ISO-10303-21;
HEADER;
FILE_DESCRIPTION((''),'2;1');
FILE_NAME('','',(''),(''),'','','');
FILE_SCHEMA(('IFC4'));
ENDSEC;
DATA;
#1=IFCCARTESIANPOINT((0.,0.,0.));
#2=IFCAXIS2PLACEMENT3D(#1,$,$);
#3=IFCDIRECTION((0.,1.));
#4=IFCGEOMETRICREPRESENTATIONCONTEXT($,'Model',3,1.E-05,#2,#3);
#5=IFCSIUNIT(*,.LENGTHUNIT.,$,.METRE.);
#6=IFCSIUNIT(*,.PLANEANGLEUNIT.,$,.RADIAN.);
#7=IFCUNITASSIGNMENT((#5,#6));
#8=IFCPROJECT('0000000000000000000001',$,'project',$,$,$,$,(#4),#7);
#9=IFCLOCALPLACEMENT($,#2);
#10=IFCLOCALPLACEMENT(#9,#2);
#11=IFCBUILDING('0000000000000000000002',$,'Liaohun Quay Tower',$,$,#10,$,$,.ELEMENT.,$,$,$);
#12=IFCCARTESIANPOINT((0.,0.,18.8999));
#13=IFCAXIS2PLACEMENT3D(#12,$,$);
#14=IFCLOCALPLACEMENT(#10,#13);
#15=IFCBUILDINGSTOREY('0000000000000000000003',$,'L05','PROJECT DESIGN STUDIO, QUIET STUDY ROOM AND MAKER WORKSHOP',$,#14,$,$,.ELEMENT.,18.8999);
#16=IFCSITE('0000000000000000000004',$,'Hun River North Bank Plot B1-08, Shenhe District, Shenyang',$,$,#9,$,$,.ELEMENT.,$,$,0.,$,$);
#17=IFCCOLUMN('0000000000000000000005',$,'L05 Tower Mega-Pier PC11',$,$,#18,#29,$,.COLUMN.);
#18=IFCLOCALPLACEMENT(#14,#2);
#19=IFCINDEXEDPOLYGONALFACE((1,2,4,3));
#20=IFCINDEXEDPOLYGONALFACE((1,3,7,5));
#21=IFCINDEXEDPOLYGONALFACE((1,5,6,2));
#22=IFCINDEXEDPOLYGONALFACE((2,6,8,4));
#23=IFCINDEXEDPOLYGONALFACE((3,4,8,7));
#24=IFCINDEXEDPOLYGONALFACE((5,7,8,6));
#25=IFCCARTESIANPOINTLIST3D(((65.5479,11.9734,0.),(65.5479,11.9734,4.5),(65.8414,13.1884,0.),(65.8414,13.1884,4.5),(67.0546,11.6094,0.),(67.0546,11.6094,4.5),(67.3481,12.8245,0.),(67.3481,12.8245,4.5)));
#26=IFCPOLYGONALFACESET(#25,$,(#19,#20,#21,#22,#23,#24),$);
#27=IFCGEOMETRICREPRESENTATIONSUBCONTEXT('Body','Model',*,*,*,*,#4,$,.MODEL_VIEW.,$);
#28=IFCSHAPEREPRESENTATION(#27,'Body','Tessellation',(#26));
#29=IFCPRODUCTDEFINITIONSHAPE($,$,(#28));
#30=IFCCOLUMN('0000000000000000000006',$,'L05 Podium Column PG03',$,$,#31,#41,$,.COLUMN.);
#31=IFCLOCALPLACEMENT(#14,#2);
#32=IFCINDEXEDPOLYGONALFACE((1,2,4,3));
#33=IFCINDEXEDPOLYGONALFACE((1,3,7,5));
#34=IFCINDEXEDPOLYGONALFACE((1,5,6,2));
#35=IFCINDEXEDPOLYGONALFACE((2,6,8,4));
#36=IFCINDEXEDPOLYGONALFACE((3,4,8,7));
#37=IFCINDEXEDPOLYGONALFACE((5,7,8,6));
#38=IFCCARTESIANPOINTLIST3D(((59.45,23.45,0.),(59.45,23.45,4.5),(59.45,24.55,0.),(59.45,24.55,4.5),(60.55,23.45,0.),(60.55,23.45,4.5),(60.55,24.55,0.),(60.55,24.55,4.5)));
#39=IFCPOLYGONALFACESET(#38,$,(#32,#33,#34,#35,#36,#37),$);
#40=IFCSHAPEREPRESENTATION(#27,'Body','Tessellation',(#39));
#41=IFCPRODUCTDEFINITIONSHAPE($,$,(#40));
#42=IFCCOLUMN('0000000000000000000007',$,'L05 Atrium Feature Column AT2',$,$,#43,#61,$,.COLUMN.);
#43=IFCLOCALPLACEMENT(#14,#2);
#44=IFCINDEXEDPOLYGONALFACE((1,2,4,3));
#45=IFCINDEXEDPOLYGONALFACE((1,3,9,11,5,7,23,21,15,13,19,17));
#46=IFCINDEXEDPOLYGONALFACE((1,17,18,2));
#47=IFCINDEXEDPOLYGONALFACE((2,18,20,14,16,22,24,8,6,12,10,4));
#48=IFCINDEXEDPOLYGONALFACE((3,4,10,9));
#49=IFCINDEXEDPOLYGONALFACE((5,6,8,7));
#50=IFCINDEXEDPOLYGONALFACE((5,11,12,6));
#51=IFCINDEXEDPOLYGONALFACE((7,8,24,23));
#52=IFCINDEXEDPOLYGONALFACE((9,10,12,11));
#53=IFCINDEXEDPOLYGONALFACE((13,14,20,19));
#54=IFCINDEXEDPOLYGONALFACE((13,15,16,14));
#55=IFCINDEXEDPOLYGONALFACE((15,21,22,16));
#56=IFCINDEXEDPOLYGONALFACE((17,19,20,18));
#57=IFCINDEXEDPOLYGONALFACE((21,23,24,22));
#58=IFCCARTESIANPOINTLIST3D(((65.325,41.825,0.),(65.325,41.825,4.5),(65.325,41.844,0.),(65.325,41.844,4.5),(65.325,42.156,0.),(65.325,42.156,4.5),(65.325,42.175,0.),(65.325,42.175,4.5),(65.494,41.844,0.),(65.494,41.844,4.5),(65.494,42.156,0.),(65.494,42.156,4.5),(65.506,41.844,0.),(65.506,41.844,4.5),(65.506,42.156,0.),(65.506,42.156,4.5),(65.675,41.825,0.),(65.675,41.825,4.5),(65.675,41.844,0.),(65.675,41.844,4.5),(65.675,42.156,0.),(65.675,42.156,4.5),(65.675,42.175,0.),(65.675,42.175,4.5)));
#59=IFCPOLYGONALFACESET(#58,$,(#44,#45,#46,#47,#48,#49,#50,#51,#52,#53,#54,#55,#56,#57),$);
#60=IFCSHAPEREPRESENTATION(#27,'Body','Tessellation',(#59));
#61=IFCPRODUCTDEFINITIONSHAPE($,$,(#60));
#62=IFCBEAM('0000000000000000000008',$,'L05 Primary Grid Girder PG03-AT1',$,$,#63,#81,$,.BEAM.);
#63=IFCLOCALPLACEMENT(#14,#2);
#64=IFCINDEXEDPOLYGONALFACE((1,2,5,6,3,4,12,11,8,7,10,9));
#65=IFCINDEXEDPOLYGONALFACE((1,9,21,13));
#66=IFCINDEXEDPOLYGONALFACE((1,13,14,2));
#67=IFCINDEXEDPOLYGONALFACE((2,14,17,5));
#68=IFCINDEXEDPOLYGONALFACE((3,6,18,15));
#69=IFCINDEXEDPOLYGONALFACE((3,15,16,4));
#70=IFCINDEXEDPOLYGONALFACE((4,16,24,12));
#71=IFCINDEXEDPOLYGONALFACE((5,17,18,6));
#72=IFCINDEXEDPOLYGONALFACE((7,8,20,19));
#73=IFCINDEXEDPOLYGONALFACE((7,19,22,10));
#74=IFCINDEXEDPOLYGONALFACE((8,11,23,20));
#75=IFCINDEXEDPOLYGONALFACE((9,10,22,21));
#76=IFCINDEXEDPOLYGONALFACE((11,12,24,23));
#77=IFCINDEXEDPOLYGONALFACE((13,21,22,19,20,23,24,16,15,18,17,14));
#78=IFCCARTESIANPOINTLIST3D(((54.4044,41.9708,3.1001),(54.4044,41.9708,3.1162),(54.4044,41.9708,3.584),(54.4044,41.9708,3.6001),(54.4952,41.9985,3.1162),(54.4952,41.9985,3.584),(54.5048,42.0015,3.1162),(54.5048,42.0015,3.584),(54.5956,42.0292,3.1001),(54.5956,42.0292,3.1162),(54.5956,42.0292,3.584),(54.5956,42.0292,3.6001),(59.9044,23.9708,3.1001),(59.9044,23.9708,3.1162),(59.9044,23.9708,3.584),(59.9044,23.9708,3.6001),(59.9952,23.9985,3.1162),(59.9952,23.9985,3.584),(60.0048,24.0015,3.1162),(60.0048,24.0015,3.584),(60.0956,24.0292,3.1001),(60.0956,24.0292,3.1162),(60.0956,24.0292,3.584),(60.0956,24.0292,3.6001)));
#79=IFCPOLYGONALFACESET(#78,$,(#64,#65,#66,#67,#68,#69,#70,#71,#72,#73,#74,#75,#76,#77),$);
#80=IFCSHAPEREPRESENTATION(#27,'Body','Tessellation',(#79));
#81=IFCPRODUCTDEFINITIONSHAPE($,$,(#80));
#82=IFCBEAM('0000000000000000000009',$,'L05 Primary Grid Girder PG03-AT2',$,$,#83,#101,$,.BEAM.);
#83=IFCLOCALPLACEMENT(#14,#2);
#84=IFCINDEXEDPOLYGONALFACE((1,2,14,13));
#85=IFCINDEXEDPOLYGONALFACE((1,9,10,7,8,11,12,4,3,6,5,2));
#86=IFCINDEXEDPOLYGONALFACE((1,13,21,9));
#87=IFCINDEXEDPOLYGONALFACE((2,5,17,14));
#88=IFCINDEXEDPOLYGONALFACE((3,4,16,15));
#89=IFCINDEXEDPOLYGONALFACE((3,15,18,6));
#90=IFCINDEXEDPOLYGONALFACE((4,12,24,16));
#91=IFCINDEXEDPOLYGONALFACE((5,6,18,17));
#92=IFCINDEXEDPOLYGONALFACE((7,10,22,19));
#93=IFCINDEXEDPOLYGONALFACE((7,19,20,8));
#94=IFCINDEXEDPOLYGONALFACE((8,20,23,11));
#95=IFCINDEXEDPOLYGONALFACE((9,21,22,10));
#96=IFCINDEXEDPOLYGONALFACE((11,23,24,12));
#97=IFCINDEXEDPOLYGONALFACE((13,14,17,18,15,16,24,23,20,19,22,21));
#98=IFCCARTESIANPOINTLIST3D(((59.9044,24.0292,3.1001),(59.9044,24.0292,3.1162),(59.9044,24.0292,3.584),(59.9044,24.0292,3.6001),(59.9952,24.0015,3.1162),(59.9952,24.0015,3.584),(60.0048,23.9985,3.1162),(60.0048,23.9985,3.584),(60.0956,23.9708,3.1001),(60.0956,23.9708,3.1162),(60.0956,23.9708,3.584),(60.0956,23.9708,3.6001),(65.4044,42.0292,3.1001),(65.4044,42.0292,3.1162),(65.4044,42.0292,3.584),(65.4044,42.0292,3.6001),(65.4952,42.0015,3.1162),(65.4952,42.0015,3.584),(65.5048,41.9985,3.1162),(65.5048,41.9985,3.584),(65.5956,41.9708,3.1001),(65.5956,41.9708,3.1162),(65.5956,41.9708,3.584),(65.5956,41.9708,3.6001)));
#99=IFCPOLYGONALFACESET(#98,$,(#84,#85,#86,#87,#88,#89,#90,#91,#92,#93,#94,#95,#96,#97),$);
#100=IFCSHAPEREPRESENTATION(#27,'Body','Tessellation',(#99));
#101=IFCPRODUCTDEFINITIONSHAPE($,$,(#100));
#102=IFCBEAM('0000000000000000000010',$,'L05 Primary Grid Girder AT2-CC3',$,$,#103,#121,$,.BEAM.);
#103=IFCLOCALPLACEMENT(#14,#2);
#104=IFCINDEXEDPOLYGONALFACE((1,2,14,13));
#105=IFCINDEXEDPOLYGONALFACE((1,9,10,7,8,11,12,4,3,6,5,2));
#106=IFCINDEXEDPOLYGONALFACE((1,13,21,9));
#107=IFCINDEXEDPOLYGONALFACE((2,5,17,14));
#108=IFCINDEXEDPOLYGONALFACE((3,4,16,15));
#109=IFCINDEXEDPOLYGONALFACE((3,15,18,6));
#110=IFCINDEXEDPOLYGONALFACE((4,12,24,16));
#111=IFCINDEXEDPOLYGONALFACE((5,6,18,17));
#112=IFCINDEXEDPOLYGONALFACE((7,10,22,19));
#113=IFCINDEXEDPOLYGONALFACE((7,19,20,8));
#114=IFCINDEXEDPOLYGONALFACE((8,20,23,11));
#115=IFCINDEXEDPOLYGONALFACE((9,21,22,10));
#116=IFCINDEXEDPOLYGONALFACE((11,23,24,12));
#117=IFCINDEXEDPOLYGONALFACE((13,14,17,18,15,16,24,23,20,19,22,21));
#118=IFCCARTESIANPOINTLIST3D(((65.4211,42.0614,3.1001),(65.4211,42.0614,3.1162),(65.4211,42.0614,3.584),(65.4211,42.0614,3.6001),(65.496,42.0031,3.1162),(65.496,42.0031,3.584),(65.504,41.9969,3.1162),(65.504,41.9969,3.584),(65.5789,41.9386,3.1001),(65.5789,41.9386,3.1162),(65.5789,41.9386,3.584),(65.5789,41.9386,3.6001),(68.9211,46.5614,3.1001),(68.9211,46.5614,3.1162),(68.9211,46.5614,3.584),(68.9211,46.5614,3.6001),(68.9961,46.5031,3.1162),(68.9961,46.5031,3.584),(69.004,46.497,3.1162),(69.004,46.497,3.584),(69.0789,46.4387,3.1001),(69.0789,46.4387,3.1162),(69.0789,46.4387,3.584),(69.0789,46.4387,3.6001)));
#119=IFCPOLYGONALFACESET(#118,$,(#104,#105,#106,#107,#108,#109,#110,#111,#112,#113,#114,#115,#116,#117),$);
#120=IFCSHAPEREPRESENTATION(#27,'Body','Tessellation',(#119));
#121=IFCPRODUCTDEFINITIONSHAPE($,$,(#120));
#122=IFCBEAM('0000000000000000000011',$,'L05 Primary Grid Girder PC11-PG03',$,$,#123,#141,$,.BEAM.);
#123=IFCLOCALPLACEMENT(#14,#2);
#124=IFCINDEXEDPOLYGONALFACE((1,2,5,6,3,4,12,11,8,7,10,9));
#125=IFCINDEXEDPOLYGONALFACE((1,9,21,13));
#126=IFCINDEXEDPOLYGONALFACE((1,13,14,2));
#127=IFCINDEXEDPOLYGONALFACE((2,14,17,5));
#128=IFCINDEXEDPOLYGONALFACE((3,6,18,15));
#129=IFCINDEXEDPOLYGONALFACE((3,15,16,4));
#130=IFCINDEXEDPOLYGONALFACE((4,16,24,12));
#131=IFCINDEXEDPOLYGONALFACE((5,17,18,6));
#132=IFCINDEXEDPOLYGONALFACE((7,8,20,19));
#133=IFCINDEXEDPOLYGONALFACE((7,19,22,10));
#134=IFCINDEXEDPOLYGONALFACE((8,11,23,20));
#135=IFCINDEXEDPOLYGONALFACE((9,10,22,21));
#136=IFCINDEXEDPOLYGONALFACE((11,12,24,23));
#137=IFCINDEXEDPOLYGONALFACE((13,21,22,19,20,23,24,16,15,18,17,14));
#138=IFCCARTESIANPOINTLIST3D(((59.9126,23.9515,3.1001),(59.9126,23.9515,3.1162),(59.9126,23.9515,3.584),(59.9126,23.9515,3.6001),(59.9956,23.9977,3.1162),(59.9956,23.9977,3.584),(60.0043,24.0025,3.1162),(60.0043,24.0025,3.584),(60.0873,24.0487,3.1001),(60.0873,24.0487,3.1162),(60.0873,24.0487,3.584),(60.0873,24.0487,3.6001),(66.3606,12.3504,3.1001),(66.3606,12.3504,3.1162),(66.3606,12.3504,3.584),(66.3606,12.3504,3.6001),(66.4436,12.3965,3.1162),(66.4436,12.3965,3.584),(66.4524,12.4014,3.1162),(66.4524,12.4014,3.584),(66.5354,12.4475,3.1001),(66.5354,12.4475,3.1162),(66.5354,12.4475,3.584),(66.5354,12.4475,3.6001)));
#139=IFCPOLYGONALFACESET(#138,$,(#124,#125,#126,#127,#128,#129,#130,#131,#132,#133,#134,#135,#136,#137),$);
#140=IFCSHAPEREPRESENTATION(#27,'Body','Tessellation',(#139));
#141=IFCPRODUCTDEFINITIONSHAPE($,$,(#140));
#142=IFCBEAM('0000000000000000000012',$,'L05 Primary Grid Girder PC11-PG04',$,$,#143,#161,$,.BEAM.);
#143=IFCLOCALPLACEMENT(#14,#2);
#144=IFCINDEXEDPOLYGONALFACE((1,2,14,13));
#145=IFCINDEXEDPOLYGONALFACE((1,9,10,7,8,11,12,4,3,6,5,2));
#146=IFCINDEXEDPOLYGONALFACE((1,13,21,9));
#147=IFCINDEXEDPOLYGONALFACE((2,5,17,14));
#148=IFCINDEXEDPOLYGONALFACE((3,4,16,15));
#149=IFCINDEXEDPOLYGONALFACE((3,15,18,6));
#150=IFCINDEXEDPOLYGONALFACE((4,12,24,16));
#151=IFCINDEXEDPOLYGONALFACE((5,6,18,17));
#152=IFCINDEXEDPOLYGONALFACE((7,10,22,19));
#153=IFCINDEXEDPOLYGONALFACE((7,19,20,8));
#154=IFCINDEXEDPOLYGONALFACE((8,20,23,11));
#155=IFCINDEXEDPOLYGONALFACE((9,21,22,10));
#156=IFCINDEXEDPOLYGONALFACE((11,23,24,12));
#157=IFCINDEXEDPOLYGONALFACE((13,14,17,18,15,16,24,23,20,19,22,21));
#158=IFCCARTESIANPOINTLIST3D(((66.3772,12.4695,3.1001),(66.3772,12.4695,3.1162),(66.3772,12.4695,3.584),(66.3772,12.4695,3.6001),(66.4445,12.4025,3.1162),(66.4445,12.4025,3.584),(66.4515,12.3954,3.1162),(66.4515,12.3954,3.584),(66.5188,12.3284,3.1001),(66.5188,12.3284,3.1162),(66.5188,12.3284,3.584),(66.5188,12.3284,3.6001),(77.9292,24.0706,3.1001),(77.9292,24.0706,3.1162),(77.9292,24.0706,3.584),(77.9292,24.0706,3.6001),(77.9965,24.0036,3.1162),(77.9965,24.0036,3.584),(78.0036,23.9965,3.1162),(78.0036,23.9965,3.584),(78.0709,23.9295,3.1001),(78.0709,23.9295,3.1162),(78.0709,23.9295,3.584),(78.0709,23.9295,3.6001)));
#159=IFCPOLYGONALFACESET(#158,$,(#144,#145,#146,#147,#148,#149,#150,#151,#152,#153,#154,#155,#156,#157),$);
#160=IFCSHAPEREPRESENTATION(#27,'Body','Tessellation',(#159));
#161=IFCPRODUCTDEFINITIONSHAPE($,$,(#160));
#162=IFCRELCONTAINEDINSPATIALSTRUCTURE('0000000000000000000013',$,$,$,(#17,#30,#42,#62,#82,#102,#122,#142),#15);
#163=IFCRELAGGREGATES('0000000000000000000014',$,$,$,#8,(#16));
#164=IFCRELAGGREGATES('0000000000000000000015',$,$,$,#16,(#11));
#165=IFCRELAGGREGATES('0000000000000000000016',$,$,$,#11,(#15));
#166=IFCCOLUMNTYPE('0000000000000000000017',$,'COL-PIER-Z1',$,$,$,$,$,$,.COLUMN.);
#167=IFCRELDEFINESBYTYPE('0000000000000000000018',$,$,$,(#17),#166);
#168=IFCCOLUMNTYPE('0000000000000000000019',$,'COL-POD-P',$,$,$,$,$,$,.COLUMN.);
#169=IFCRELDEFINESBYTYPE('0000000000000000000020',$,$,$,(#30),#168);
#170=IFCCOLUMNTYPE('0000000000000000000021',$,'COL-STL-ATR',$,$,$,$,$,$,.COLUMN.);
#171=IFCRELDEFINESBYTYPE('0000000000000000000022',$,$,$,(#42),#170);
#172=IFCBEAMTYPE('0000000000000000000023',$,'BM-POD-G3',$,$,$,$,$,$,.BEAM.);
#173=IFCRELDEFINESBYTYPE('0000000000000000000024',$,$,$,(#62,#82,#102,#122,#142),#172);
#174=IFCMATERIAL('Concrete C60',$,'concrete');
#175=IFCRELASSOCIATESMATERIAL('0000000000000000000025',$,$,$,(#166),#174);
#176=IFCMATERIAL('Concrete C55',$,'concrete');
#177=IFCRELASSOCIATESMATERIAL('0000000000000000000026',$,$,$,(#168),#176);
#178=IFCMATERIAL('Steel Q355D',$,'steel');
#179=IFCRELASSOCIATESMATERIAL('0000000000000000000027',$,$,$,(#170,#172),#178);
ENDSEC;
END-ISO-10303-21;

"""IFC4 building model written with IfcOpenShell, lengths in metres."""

from ifc_helpers import new_model, si_unit, direction, frame, origin, origin_2d, place, context, subcontext, project, spatial, rectangle, i_section, extrude, source, transform, mapped, material, material_profile, profile_set, type_object, element, save


model = new_model("IFC4")

# Units and contexts
model_context = context("Model", 3, precision=1e-05, world=origin(), true_north=direction((0.0, 1.0)))
body_context = subcontext(model_context, "Body", "Model", "MODEL_VIEW")
ifc_project = project(units=[si_unit("LENGTHUNIT", "METRE"), si_unit("PLANEANGLEUNIT", "RADIAN")], contexts=[model_context])

# Site, building, storey
site_placement = place(None, origin())
site = spatial("IfcSite", under=ifc_project, at=site_placement, Name="Hun River North Bank Plot B1-08, Shenhe District, Shenyang", CompositionType="ELEMENT", RefElevation=0.0)
building_placement = place(site_placement, origin())
building = spatial("IfcBuilding", under=site, at=building_placement, Name="Liaohun Quay Tower", CompositionType="ELEMENT")
storey_placement = place(building_placement, frame((0.0, 0.0, 18.8999)))
storey = spatial("IfcBuildingStorey", under=building, at=storey_placement, Name="L05", Description="PROJECT DESIGN STUDIO, QUIET STUDY ROOM AND MAKER WORKSHOP", CompositionType="ELEMENT", Elevation=18.8999)

# Columns
ifc_material_1 = material(Name="Concrete C60", Category="concrete")
ifc_material_profile_1 = material_profile(ifc_material_1, rectangle(XDim=1.55, YDim=1.25, at=origin_2d()), Name="RC1550x1250")
ifc_profile_set_1 = profile_set([ifc_material_profile_1], Name="Concrete C60")
column_type_1 = type_object("IfcColumnType", Name="COL-PIER-Z1", PredefinedType="COLUMN", material=ifc_profile_set_1)
shared_shape_1 = source(origin(), body_context, "Body", "SweptSolid", [
    extrude(rectangle(XDim=1.55, YDim=1.25, at=origin_2d()), origin(), (0.0, 0.0, 1.0), 4.5),
])
column_1_placement = place(storey_placement, frame((66.448, 12.3989, 0.0), z_axis=(0.0, 0.0, 1.0), x_axis=(-0.972043, 0.234803, 0.0)))
element("IfcColumn", 1, at=column_1_placement, inside=storey, type_object=column_type_1, Name="L05 Tower Mega-Pier PC11", PredefinedType="COLUMN", context=body_context, shape_type="MappedRepresentation", body=[
    mapped(shared_shape_1, transform((0.0, 0.0, 0.0), x_axis=(1.0, 0.0, 0.0), y_axis=(0.0, 1.0, 0.0), z_axis=(0.0, 0.0, 1.0), scale=1.0)),
])
ifc_material_2 = material(Name="Concrete C55", Category="concrete")
ifc_material_profile_2 = material_profile(ifc_material_2, rectangle(XDim=1.1001, YDim=1.1001, at=origin_2d()), Name="RC1100x1100")
ifc_profile_set_2 = profile_set([ifc_material_profile_2], Name="Concrete C55")
column_type_2 = type_object("IfcColumnType", Name="COL-POD-P", PredefinedType="COLUMN", material=ifc_profile_set_2)
shared_shape_2 = source(origin(), body_context, "Body", "SweptSolid", [
    extrude(rectangle(XDim=1.1001, YDim=1.1001, at=origin_2d()), origin(), (0.0, 0.0, 1.0), 4.5),
])
column_2_placement = place(storey_placement, frame((60.0, 24.0, 0.0), z_axis=(0.0, 0.0, 1.0), x_axis=(1.0, 0.0, 0.0)))
element("IfcColumn", 2, at=column_2_placement, inside=storey, type_object=column_type_2, Name="L05 Podium Column PG03", PredefinedType="COLUMN", context=body_context, shape_type="MappedRepresentation", body=[
    mapped(shared_shape_2, transform((0.0, 0.0, 0.0), x_axis=(1.0, 0.0, 0.0), y_axis=(0.0, 1.0, 0.0), z_axis=(0.0, 0.0, 1.0), scale=1.0)),
])
ifc_material_3 = material(Name="Steel Q355D", Category="steel")
ifc_material_profile_3 = material_profile(ifc_material_3, i_section(OverallWidth=0.3501, OverallDepth=0.3501, WebThickness=0.012, FlangeThickness=0.019, at=origin_2d()), Name="HW350x350x12x19")
ifc_profile_set_3 = profile_set([ifc_material_profile_3], Name="Steel Q355D")
column_type_3 = type_object("IfcColumnType", Name="COL-STL-ATR", PredefinedType="COLUMN", material=ifc_profile_set_3)
shared_shape_3 = source(origin(), body_context, "Body", "SweptSolid", [
    extrude(i_section(OverallWidth=0.3501, OverallDepth=0.3501, WebThickness=0.012, FlangeThickness=0.019, at=origin_2d()), origin(), (0.0, 0.0, 1.0), 4.5),
])
column_3_placement = place(storey_placement, frame((65.5, 42.0, 0.0), z_axis=(0.0, 0.0, 1.0), x_axis=(1.0, 0.0, 0.0)))
element("IfcColumn", 3, at=column_3_placement, inside=storey, type_object=column_type_3, Name="L05 Atrium Feature Column AT2", PredefinedType="COLUMN", context=body_context, shape_type="MappedRepresentation", body=[
    mapped(shared_shape_3, transform((0.0, 0.0, 0.0), x_axis=(1.0, 0.0, 0.0), y_axis=(0.0, 1.0, 0.0), z_axis=(0.0, 0.0, 1.0), scale=1.0)),
])

# Beams
ifc_material_profile_4 = material_profile(ifc_material_3, i_section(OverallWidth=0.2, OverallDepth=0.5, WebThickness=0.01, FlangeThickness=0.0161, at=origin_2d()), Name="HN500x200x10x16")
ifc_profile_set_4 = profile_set([ifc_material_profile_4], Name="Steel Q355D")
beam_type_1 = type_object("IfcBeamType", Name="BM-POD-G3", PredefinedType="BEAM", material=ifc_profile_set_4)
shared_shape_4 = source(origin(), body_context, "Body", "SweptSolid", [
    extrude(i_section(OverallWidth=0.2, OverallDepth=0.5, WebThickness=0.01, FlangeThickness=0.0161, at=origin_2d()), origin(), (0.0, 0.0, 1.0), 18.8215),
])
for number, where, z_axis, x_axis, name in (
    (4, (60.0, 24.0, 3.3501), (-0.292219, 0.956352, 0.0), (-0.956352, -0.292219, 0.0), "L05 Primary Grid Girder PG03-AT1"),
    (5, (60.0, 24.0, 3.3501), (0.292219, 0.956352, 0.0), (-0.956352, 0.292219, 0.0), "L05 Primary Grid Girder PG03-AT2"),
):
    element("IfcBeam", number, at=place(storey_placement, frame(where, z_axis=z_axis, x_axis=x_axis)), inside=storey, type_object=beam_type_1, Name=name, PredefinedType="BEAM", context=body_context, shape_type="MappedRepresentation", body=[
        mapped(shared_shape_4, transform((0.0, 0.0, 0.0), x_axis=(1.0, 0.0, 0.0), y_axis=(0.0, 1.0, 0.0), z_axis=(0.0, 0.0, 1.0), scale=1.0)),
    ])
shared_shape_5 = source(origin(), body_context, "Body", "SweptSolid", [
    extrude(i_section(OverallWidth=0.2, OverallDepth=0.5, WebThickness=0.01, FlangeThickness=0.0161, at=origin_2d()), origin(), (0.0, 0.0, 1.0), 5.7009),
])
beam_1_placement = place(storey_placement, frame((65.5, 42.0, 3.3501), z_axis=(0.613941, 0.789352, 0.0), x_axis=(-0.789352, 0.613941, 0.0)))
element("IfcBeam", 6, at=beam_1_placement, inside=storey, type_object=beam_type_1, Name="L05 Primary Grid Girder AT2-CC3", PredefinedType="BEAM", context=body_context, shape_type="MappedRepresentation", body=[
    mapped(shared_shape_5, transform((0.0, 0.0, 0.0), x_axis=(1.0, 0.0, 0.0), y_axis=(0.0, 1.0, 0.0), z_axis=(0.0, 0.0, 1.0), scale=1.0)),
])
shared_shape_6 = source(origin(), body_context, "Body", "SweptSolid", [
    extrude(i_section(OverallWidth=0.2, OverallDepth=0.5, WebThickness=0.01, FlangeThickness=0.0161, at=origin_2d()), origin(), (0.0, 0.0, 1.0), 13.2727),
])
beam_2_placement = place(storey_placement, frame((66.448, 12.3989, 3.3501), z_axis=(-0.485813, 0.874063, 0.0), x_axis=(-0.874063, -0.485813, 0.0)))
element("IfcBeam", 7, at=beam_2_placement, inside=storey, type_object=beam_type_1, Name="L05 Primary Grid Girder PC11-PG03", PredefinedType="BEAM", context=body_context, shape_type="MappedRepresentation", body=[
    mapped(shared_shape_6, transform((0.0, 0.0, 0.0), x_axis=(1.0, 0.0, 0.0), y_axis=(0.0, 1.0, 0.0), z_axis=(0.0, 0.0, 1.0), scale=1.0)),
])
shared_shape_7 = source(origin(), body_context, "Body", "SweptSolid", [
    extrude(i_section(OverallWidth=0.2, OverallDepth=0.5, WebThickness=0.01, FlangeThickness=0.0161, at=origin_2d()), origin(), (0.0, 0.0, 1.0), 16.3718),
])
beam_3_placement = place(storey_placement, frame((66.448, 12.3989, 3.3501), z_axis=(0.705607, 0.708604, 0.0), x_axis=(-0.708604, 0.705607, 0.0)))
element("IfcBeam", 8, at=beam_3_placement, inside=storey, type_object=beam_type_1, Name="L05 Primary Grid Girder PC11-PG04", PredefinedType="BEAM", context=body_context, shape_type="MappedRepresentation", body=[
    mapped(shared_shape_7, transform((0.0, 0.0, 0.0), x_axis=(1.0, 0.0, 0.0), y_axis=(0.0, 1.0, 0.0), z_axis=(0.0, 0.0, 1.0), scale=1.0)),
])

save(model, "model.ifc")
